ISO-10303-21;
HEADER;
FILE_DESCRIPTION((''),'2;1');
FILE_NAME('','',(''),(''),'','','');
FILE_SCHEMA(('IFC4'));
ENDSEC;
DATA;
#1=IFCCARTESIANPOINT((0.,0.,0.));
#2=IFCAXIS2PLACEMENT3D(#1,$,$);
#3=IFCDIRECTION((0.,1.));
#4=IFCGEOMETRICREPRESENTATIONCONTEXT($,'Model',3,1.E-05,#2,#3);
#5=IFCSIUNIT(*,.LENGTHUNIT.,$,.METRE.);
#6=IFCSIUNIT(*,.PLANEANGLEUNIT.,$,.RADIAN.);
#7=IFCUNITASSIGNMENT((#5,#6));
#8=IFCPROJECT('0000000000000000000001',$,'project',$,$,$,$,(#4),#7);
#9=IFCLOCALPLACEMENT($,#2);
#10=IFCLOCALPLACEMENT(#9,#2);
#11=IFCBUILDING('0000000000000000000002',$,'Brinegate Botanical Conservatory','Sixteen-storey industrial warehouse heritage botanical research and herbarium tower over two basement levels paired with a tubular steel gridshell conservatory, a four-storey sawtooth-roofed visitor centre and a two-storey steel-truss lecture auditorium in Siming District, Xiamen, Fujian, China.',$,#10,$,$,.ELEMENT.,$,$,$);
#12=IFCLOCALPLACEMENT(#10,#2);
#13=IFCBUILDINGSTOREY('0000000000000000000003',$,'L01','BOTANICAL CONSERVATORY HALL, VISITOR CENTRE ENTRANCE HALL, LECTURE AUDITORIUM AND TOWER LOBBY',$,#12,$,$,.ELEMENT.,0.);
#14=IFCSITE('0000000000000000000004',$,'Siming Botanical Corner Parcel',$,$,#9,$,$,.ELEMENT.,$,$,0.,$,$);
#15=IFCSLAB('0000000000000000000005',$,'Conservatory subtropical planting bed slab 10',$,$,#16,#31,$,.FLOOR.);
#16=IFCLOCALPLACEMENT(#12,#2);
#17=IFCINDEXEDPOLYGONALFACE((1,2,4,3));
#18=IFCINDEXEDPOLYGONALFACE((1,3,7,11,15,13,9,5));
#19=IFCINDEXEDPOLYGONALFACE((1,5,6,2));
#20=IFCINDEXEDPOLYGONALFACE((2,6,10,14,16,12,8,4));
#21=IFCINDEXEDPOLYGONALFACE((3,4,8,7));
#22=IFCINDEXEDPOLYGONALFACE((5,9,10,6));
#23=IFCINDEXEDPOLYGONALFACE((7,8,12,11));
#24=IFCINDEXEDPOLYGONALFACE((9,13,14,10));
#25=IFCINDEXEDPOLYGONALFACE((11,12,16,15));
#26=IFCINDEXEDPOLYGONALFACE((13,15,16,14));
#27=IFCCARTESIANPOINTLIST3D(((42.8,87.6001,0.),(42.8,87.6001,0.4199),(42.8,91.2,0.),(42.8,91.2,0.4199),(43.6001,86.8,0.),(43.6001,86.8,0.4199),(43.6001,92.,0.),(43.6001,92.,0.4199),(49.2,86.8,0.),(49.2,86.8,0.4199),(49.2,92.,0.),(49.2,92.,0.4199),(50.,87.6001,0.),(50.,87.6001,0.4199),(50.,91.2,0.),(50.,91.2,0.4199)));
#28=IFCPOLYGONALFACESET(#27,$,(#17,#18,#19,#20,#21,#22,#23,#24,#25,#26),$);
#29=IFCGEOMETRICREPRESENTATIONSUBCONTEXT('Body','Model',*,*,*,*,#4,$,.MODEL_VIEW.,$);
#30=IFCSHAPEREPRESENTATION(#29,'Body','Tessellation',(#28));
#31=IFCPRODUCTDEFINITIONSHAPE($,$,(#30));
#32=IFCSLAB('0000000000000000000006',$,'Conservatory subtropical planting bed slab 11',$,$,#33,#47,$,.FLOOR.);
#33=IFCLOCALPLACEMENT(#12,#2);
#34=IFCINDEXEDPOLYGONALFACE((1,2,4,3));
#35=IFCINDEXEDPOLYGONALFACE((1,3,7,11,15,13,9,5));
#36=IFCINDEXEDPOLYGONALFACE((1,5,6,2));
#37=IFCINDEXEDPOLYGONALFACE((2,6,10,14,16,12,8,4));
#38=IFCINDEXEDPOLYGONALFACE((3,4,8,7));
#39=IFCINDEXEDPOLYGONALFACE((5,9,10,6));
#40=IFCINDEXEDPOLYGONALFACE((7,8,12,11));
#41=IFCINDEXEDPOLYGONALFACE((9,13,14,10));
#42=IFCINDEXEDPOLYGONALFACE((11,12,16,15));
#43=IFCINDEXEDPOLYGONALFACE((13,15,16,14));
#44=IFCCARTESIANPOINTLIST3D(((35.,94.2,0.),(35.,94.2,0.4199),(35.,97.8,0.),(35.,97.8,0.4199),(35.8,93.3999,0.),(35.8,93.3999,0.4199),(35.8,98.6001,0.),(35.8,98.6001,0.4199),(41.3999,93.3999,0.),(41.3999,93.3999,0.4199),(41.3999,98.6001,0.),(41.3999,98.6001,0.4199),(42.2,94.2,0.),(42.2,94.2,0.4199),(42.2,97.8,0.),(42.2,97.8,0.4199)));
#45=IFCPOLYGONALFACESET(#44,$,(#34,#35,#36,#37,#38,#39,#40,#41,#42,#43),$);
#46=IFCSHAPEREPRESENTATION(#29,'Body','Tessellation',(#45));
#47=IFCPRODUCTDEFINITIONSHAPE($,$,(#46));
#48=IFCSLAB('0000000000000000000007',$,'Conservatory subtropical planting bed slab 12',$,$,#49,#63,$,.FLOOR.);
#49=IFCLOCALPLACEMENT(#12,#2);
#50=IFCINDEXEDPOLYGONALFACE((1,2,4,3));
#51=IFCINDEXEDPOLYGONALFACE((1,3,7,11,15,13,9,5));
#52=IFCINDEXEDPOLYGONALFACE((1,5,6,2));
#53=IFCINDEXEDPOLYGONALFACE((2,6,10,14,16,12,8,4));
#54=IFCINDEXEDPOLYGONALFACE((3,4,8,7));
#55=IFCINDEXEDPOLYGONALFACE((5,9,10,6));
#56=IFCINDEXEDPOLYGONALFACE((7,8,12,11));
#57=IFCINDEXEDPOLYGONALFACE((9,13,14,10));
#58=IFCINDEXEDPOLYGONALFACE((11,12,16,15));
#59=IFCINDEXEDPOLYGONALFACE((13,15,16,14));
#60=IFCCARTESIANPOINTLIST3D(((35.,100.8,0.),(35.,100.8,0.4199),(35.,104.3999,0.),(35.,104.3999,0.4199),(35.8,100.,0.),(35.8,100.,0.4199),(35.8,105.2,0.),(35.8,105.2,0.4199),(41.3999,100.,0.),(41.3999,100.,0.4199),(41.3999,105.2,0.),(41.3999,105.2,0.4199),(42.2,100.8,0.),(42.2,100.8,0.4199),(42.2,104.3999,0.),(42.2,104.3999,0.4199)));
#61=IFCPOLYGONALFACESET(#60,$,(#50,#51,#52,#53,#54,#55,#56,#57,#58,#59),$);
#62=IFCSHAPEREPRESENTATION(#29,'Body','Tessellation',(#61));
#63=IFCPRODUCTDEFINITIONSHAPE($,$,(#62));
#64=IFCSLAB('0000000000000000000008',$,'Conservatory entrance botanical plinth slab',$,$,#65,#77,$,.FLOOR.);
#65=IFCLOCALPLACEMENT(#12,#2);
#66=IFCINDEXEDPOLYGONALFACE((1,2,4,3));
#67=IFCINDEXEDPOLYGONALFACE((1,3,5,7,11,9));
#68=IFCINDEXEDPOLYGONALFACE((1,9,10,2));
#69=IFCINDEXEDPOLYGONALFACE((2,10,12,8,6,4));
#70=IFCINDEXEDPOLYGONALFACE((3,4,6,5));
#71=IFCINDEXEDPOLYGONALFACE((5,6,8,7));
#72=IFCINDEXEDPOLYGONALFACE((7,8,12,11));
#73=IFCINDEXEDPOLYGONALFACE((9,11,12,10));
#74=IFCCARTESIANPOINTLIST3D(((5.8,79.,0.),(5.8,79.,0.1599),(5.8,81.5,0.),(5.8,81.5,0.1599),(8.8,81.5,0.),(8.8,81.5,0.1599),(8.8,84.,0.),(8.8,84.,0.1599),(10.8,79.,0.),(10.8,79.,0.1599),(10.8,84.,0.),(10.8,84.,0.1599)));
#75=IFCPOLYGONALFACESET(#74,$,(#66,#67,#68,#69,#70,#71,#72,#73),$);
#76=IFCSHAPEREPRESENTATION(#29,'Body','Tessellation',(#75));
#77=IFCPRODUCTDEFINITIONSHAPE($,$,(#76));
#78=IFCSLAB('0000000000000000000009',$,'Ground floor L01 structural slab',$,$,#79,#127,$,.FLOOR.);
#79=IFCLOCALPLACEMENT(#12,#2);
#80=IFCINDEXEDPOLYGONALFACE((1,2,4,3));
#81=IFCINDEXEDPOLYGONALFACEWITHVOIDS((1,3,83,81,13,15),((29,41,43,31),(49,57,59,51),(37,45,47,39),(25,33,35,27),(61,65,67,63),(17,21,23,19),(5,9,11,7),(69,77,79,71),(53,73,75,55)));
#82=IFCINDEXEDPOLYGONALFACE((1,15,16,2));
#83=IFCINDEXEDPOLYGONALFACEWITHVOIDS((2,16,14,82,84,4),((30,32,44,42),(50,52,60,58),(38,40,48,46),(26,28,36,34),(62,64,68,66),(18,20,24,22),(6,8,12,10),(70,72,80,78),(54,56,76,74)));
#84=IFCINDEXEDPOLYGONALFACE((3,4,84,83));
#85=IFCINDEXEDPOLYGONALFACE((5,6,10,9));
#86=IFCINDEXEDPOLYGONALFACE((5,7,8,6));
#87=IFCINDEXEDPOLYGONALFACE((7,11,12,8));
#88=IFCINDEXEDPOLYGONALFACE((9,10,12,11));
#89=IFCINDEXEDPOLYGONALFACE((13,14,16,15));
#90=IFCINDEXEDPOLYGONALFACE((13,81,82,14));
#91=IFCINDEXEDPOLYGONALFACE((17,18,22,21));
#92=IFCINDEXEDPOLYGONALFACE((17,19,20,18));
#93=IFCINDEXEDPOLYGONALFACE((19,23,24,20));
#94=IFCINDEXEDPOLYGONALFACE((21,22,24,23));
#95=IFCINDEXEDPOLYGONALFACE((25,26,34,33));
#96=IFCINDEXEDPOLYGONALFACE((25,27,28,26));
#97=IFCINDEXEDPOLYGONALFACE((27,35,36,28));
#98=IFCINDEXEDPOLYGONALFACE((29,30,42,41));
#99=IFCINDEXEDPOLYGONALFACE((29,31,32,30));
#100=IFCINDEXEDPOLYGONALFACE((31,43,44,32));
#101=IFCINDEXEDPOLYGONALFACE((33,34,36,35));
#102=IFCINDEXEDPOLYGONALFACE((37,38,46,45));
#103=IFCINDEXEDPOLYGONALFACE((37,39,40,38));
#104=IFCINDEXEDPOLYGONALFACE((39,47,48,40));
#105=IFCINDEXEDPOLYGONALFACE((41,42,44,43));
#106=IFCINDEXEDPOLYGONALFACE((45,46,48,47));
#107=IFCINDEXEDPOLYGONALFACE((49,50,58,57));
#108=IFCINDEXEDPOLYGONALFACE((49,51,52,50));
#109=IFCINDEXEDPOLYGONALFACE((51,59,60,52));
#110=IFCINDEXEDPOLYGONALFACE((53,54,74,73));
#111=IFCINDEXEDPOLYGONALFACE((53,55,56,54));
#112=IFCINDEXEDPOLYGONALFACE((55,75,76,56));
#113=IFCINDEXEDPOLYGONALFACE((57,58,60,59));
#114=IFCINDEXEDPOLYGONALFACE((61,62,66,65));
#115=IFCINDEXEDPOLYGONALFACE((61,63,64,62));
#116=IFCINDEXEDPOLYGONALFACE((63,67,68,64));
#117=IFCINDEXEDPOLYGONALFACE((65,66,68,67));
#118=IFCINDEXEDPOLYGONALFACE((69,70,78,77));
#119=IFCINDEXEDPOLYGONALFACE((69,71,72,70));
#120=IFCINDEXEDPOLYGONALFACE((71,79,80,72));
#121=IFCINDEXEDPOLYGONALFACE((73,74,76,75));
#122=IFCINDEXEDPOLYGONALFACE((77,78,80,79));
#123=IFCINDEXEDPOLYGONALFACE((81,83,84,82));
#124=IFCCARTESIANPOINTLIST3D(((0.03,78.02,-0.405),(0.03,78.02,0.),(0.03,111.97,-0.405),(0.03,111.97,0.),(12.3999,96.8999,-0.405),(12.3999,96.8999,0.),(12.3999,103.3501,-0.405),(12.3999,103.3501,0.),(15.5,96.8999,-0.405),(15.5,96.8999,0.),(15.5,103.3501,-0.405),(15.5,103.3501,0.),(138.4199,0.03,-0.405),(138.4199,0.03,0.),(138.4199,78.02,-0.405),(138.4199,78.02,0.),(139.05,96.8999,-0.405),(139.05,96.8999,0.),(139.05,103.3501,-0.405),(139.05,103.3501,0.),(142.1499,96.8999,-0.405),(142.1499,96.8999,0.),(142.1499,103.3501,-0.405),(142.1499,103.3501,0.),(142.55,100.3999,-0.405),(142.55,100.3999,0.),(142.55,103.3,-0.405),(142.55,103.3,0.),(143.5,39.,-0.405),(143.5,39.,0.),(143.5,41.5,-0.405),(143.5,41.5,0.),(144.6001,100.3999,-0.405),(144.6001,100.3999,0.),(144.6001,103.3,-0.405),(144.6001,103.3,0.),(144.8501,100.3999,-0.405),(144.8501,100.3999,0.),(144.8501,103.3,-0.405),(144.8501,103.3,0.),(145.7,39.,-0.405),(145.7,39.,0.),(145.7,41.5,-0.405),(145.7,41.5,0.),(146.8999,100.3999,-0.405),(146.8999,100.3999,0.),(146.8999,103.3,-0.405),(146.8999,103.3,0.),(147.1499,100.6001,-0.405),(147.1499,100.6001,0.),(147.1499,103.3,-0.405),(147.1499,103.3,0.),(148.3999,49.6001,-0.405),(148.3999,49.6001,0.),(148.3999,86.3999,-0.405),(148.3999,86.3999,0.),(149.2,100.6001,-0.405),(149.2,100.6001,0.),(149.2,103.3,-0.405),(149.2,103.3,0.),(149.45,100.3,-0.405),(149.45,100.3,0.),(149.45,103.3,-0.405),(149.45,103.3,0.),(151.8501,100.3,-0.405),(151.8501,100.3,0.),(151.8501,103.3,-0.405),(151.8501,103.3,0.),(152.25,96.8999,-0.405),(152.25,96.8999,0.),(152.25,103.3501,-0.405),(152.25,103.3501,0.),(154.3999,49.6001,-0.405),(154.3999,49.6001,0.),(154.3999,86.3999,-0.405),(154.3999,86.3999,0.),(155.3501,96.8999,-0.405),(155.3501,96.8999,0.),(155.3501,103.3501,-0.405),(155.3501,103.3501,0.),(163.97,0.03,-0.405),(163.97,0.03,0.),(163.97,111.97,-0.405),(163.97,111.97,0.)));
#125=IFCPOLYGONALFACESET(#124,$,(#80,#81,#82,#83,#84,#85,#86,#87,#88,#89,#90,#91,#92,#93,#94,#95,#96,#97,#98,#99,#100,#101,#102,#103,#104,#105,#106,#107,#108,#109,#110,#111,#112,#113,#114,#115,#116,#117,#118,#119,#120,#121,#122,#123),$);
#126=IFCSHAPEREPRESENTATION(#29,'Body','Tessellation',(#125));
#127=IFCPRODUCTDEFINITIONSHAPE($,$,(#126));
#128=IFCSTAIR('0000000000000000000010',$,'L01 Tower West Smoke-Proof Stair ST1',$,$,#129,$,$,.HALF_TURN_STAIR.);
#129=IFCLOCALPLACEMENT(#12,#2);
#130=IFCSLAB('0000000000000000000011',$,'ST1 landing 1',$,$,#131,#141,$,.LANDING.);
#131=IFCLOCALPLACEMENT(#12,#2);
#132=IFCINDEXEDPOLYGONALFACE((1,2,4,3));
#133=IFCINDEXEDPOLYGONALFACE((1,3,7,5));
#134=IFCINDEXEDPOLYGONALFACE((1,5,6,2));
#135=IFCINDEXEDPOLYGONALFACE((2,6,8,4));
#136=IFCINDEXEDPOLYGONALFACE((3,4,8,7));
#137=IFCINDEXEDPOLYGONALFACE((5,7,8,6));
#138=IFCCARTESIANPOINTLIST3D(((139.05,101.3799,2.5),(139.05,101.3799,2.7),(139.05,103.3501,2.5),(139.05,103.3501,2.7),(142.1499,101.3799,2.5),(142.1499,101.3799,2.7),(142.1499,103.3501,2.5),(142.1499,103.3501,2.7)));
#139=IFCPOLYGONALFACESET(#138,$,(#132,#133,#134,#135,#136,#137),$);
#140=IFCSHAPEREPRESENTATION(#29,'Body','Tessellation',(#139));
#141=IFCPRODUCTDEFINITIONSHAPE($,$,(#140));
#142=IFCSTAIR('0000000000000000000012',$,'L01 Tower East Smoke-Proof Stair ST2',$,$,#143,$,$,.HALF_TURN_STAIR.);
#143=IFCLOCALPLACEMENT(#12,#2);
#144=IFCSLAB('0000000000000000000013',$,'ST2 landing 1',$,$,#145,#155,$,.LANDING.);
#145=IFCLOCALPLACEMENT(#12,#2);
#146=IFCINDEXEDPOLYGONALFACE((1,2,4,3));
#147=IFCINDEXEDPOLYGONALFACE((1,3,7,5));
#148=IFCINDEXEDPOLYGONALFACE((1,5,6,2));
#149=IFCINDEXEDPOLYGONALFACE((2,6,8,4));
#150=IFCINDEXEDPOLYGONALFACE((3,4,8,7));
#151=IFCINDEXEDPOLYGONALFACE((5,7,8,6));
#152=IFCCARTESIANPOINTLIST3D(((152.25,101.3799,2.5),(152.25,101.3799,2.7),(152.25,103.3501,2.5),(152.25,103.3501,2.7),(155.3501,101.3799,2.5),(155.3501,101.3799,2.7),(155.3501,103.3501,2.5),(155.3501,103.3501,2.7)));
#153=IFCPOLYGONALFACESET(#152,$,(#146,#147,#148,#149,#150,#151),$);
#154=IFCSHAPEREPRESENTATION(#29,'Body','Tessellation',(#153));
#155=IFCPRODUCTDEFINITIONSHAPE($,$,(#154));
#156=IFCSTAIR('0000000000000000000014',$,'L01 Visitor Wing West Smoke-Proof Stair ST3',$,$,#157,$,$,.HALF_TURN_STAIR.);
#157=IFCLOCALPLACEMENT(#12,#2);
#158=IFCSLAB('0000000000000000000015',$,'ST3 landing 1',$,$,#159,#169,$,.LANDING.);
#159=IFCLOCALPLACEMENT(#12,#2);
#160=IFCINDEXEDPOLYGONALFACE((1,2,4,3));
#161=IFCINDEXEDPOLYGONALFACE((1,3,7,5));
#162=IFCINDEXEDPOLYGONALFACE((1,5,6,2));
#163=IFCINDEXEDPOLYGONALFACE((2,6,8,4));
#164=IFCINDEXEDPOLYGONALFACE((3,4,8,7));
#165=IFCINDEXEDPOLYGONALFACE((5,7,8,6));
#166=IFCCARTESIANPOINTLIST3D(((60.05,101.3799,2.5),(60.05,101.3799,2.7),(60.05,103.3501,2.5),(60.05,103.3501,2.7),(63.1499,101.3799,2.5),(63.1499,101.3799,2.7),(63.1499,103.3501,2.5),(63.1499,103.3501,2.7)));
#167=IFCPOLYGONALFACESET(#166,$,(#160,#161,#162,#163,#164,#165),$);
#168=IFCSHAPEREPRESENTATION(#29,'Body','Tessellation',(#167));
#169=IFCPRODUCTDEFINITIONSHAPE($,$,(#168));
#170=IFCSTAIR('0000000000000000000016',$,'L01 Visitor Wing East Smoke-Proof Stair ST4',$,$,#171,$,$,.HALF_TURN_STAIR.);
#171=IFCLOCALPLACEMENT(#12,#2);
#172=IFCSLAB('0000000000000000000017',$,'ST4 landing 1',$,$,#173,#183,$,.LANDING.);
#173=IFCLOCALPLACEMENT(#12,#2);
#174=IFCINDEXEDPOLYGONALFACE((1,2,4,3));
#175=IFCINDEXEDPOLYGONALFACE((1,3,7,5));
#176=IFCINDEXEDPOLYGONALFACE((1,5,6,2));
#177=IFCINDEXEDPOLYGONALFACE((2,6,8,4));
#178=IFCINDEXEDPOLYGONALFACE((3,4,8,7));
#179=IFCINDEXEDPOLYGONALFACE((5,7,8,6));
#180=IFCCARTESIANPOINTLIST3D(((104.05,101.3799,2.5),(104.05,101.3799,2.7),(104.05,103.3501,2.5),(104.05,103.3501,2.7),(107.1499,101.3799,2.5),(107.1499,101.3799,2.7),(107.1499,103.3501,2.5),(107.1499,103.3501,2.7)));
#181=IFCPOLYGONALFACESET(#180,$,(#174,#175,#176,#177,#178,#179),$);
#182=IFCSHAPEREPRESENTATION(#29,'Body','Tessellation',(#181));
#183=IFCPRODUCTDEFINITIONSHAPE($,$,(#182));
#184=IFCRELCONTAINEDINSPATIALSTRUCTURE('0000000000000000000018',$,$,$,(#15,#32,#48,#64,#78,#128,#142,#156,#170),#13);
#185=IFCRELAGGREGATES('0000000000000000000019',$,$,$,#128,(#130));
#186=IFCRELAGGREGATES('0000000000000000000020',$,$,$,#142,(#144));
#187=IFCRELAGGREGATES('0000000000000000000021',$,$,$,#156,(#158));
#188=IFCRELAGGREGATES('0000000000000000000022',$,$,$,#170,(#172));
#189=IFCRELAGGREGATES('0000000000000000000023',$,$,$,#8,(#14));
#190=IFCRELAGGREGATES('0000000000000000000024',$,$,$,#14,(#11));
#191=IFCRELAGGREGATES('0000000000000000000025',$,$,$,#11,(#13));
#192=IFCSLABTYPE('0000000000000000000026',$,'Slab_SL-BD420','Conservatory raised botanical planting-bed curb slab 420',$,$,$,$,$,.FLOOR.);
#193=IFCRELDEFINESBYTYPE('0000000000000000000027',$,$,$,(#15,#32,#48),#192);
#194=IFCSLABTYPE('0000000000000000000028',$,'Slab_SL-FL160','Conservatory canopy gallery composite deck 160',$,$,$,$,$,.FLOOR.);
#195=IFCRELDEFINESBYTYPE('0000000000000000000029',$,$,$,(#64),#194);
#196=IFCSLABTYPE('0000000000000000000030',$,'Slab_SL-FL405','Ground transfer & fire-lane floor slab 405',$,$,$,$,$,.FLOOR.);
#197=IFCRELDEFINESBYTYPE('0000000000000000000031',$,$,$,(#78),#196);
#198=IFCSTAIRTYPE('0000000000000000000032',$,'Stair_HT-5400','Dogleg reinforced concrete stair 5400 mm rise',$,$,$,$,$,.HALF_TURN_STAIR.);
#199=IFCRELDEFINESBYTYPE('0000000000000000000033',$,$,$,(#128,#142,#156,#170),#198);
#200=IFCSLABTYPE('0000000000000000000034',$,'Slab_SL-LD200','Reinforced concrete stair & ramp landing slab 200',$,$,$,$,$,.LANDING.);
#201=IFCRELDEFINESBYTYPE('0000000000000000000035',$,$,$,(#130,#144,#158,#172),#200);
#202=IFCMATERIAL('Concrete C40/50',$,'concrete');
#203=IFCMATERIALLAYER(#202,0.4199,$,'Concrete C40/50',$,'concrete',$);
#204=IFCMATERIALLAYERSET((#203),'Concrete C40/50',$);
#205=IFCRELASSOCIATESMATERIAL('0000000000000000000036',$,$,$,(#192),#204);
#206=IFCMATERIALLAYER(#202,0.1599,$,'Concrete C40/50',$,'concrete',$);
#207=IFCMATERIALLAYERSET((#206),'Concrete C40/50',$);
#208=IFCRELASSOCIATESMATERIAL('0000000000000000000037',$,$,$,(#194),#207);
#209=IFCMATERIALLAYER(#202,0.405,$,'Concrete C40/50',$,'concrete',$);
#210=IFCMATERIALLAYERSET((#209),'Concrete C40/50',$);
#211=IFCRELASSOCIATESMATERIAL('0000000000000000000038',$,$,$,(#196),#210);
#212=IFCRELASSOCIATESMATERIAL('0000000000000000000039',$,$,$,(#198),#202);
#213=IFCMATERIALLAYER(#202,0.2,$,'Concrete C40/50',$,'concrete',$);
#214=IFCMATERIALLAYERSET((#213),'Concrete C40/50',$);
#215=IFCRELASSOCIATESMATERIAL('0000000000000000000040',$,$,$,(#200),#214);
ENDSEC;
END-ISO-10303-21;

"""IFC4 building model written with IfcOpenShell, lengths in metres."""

from ifc_helpers import new_model, si_unit, direction, frame, origin, place, context, subcontext, project, spatial, polyline, outline, extrude, material, layer, layer_set, type_object, element, aggregate, save


model = new_model("IFC4")

# Units and contexts
model_context = context("Model", 3, precision=1e-05, world=origin(), true_north=direction((0.0, 1.0)))
body_context = subcontext(model_context, "Body", "Model", "MODEL_VIEW")
ifc_project = project(units=[si_unit("LENGTHUNIT", "METRE"), si_unit("PLANEANGLEUNIT", "RADIAN")], contexts=[model_context])

# Site, building, storey
site_placement = place(None, origin())
site = spatial("IfcSite", under=ifc_project, at=site_placement, Name="Siming Botanical Corner Parcel", CompositionType="ELEMENT", RefElevation=0.0)
building_placement = place(site_placement, origin())
building = spatial("IfcBuilding", under=site, at=building_placement, Name="Brinegate Botanical Conservatory", Description="Sixteen-storey industrial warehouse heritage botanical research and herbarium tower over two basement levels paired with a tubular steel gridshell conservatory, a four-storey sawtooth-roofed visitor centre and a two-storey steel-truss lecture auditorium in Siming District, Xiamen, Fujian, China.", CompositionType="ELEMENT")
storey_placement = place(building_placement, origin())
storey = spatial("IfcBuildingStorey", under=building, at=storey_placement, Name="L01", Description="BOTANICAL CONSERVATORY HALL, VISITOR CENTRE ENTRANCE HALL, LECTURE AUDITORIUM AND TOWER LOBBY", CompositionType="ELEMENT", Elevation=0.0)

# Shared definitions
ifc_material_1 = material(Name="Concrete C40/50", Category="concrete")

# Slabs
ifc_layer_1 = layer(ifc_material_1, 0.4199, Name="Concrete C40/50", Category="concrete")
ifc_layer_set_1 = layer_set([ifc_layer_1], Name="Concrete C40/50")
slab_type_1 = type_object("IfcSlabType", Name="Slab_SL-BD420", Description="Conservatory raised botanical planting-bed curb slab 420", PredefinedType="FLOOR", material=ifc_layer_set_1)
slab_1_placement = place(storey_placement, origin())
element("IfcSlab", 1, at=slab_1_placement, inside=storey, type_object=slab_type_1, Name="Conservatory subtropical planting bed slab 10", PredefinedType="FLOOR", context=body_context, shape_type="SweptSolid", body=[
    extrude(outline(polyline([(43.6001, 86.8), (49.2, 86.8), (50.0, 87.6001), (50.0, 91.2), (49.2, 92.0), (43.6001, 92.0), (42.8, 91.2), (42.8, 87.6001), (43.6001, 86.8)])), origin(), (0.0, 0.0, 1.0), 0.4199),
])
slab_2_placement = place(storey_placement, origin())
element("IfcSlab", 2, at=slab_2_placement, inside=storey, type_object=slab_type_1, Name="Conservatory subtropical planting bed slab 11", PredefinedType="FLOOR", context=body_context, shape_type="SweptSolid", body=[
    extrude(outline(polyline([(35.8, 93.3999), (41.3999, 93.3999), (42.2, 94.2), (42.2, 97.8), (41.3999, 98.6001), (35.8, 98.6001), (35.0, 97.8), (35.0, 94.2), (35.8, 93.3999)])), origin(), (0.0, 0.0, 1.0), 0.4199),
])
slab_3_placement = place(storey_placement, origin())
element("IfcSlab", 3, at=slab_3_placement, inside=storey, type_object=slab_type_1, Name="Conservatory subtropical planting bed slab 12", PredefinedType="FLOOR", context=body_context, shape_type="SweptSolid", body=[
    extrude(outline(polyline([(35.8, 100.0), (41.3999, 100.0), (42.2, 100.8), (42.2, 104.3999), (41.3999, 105.2), (35.8, 105.2), (35.0, 104.3999), (35.0, 100.8), (35.8, 100.0)])), origin(), (0.0, 0.0, 1.0), 0.4199),
])
ifc_layer_2 = layer(ifc_material_1, 0.1599, Name="Concrete C40/50", Category="concrete")
ifc_layer_set_2 = layer_set([ifc_layer_2], Name="Concrete C40/50")
slab_type_2 = type_object("IfcSlabType", Name="Slab_SL-FL160", Description="Conservatory canopy gallery composite deck 160", PredefinedType="FLOOR", material=ifc_layer_set_2)
slab_4_placement = place(storey_placement, origin())
element("IfcSlab", 4, at=slab_4_placement, inside=storey, type_object=slab_type_2, Name="Conservatory entrance botanical plinth slab", PredefinedType="FLOOR", context=body_context, shape_type="SweptSolid", body=[
    extrude(outline(polyline([(5.8, 79.0), (10.8, 79.0), (10.8, 84.0), (8.8, 84.0), (8.8, 81.5), (5.8, 81.5), (5.8, 79.0)])), origin(), (0.0, 0.0, 1.0), 0.1599),
])
ifc_layer_3 = layer(ifc_material_1, 0.405, Name="Concrete C40/50", Category="concrete")
ifc_layer_set_3 = layer_set([ifc_layer_3], Name="Concrete C40/50")
slab_type_3 = type_object("IfcSlabType", Name="Slab_SL-FL405", Description="Ground transfer & fire-lane floor slab 405", PredefinedType="FLOOR", material=ifc_layer_set_3)
slab_5_placement = place(storey_placement, frame((0.0, 0.0, -0.405)))
element("IfcSlab", 5, at=slab_5_placement, inside=storey, type_object=slab_type_3, Name="Ground floor L01 structural slab", PredefinedType="FLOOR", context=body_context, shape_type="SweptSolid", body=[
    extrude(outline(polyline([(0.03, 78.02), (138.4199, 78.02), (138.4199, 0.03), (163.97, 0.03), (163.97, 111.97), (0.03, 111.97), (0.03, 78.02)]), holes=[polyline([(142.1499, 96.8999), (142.1499, 103.3501), (139.05, 103.3501), (139.05, 96.8999), (142.1499, 96.8999)]), polyline([(155.3501, 96.8999), (155.3501, 103.3501), (152.25, 103.3501), (152.25, 96.8999), (155.3501, 96.8999)]), polyline([(15.5, 96.8999), (15.5, 103.3501), (12.3999, 103.3501), (12.3999, 96.8999), (15.5, 96.8999)]), polyline([(142.55, 100.3999), (144.6001, 100.3999), (144.6001, 103.3), (142.55, 103.3), (142.55, 100.3999)]), polyline([(144.8501, 100.3999), (146.8999, 100.3999), (146.8999, 103.3), (144.8501, 103.3), (144.8501, 100.3999)]), polyline([(147.1499, 100.6001), (149.2, 100.6001), (149.2, 103.3), (147.1499, 103.3), (147.1499, 100.6001)]), polyline([(149.45, 100.3), (151.8501, 100.3), (151.8501, 103.3), (149.45, 103.3), (149.45, 100.3)]), polyline([(143.5, 39.0), (145.7, 39.0), (145.7, 41.5), (143.5, 41.5), (143.5, 39.0)]), polyline([(148.3999, 49.6001), (154.3999, 49.6001), (154.3999, 86.3999), (148.3999, 86.3999), (148.3999, 49.6001)])]), origin(), (0.0, 0.0, 1.0), 0.405),
])

# Stairs, slabs
stair_type = type_object("IfcStairType", Name="Stair_HT-5400", Description="Dogleg reinforced concrete stair 5400 mm rise", PredefinedType="HALF_TURN_STAIR", material=ifc_material_1)
stair_1_placement = place(storey_placement, origin())
stair_1 = element("IfcStair", 6, at=stair_1_placement, inside=storey, type_object=stair_type, Name="L01 Tower West Smoke-Proof Stair ST1", PredefinedType="HALF_TURN_STAIR")
ifc_layer_4 = layer(ifc_material_1, 0.2, Name="Concrete C40/50", Category="concrete")
ifc_layer_set_4 = layer_set([ifc_layer_4], Name="Concrete C40/50")
slab_type_4 = type_object("IfcSlabType", Name="Slab_SL-LD200", Description="Reinforced concrete stair & ramp landing slab 200", PredefinedType="LANDING", material=ifc_layer_set_4)
slab_6_placement = place(storey_placement, frame((0.0, 0.0, 2.5)))
slab_6 = element("IfcSlab", 7, at=slab_6_placement, type_object=slab_type_4, Name="ST1 landing 1", PredefinedType="LANDING", context=body_context, shape_type="SweptSolid", body=[
    extrude(outline(polyline([(142.1499, 101.3799), (142.1499, 103.3501), (139.05, 103.3501), (139.05, 101.3799), (142.1499, 101.3799)])), origin(), (0.0, 0.0, 1.0), 0.2),
])
aggregate(stair_1, [slab_6])
stair_2_placement = place(storey_placement, origin())
stair_2 = element("IfcStair", 8, at=stair_2_placement, inside=storey, type_object=stair_type, Name="L01 Tower East Smoke-Proof Stair ST2", PredefinedType="HALF_TURN_STAIR")
slab_7_placement = place(storey_placement, frame((0.0, 0.0, 2.5)))
slab_7 = element("IfcSlab", 9, at=slab_7_placement, type_object=slab_type_4, Name="ST2 landing 1", PredefinedType="LANDING", context=body_context, shape_type="SweptSolid", body=[
    extrude(outline(polyline([(155.3501, 101.3799), (155.3501, 103.3501), (152.25, 103.3501), (152.25, 101.3799), (155.3501, 101.3799)])), origin(), (0.0, 0.0, 1.0), 0.2),
])
aggregate(stair_2, [slab_7])
stair_3_placement = place(storey_placement, origin())
stair_3 = element("IfcStair", 10, at=stair_3_placement, inside=storey, type_object=stair_type, Name="L01 Visitor Wing West Smoke-Proof Stair ST3", PredefinedType="HALF_TURN_STAIR")
slab_8_placement = place(storey_placement, frame((0.0, 0.0, 2.5)))
slab_8 = element("IfcSlab", 11, at=slab_8_placement, type_object=slab_type_4, Name="ST3 landing 1", PredefinedType="LANDING", context=body_context, shape_type="SweptSolid", body=[
    extrude(outline(polyline([(63.1499, 101.3799), (63.1499, 103.3501), (60.05, 103.3501), (60.05, 101.3799), (63.1499, 101.3799)])), origin(), (0.0, 0.0, 1.0), 0.2),
])
aggregate(stair_3, [slab_8])
stair_4_placement = place(storey_placement, origin())
stair_4 = element("IfcStair", 12, at=stair_4_placement, inside=storey, type_object=stair_type, Name="L01 Visitor Wing East Smoke-Proof Stair ST4", PredefinedType="HALF_TURN_STAIR")
slab_9_placement = place(storey_placement, frame((0.0, 0.0, 2.5)))
slab_9 = element("IfcSlab", 13, at=slab_9_placement, type_object=slab_type_4, Name="ST4 landing 1", PredefinedType="LANDING", context=body_context, shape_type="SweptSolid", body=[
    extrude(outline(polyline([(107.1499, 101.3799), (107.1499, 103.3501), (104.05, 103.3501), (104.05, 101.3799), (107.1499, 101.3799)])), origin(), (0.0, 0.0, 1.0), 0.2),
])
aggregate(stair_4, [slab_9])

save(model, "model.ifc")
